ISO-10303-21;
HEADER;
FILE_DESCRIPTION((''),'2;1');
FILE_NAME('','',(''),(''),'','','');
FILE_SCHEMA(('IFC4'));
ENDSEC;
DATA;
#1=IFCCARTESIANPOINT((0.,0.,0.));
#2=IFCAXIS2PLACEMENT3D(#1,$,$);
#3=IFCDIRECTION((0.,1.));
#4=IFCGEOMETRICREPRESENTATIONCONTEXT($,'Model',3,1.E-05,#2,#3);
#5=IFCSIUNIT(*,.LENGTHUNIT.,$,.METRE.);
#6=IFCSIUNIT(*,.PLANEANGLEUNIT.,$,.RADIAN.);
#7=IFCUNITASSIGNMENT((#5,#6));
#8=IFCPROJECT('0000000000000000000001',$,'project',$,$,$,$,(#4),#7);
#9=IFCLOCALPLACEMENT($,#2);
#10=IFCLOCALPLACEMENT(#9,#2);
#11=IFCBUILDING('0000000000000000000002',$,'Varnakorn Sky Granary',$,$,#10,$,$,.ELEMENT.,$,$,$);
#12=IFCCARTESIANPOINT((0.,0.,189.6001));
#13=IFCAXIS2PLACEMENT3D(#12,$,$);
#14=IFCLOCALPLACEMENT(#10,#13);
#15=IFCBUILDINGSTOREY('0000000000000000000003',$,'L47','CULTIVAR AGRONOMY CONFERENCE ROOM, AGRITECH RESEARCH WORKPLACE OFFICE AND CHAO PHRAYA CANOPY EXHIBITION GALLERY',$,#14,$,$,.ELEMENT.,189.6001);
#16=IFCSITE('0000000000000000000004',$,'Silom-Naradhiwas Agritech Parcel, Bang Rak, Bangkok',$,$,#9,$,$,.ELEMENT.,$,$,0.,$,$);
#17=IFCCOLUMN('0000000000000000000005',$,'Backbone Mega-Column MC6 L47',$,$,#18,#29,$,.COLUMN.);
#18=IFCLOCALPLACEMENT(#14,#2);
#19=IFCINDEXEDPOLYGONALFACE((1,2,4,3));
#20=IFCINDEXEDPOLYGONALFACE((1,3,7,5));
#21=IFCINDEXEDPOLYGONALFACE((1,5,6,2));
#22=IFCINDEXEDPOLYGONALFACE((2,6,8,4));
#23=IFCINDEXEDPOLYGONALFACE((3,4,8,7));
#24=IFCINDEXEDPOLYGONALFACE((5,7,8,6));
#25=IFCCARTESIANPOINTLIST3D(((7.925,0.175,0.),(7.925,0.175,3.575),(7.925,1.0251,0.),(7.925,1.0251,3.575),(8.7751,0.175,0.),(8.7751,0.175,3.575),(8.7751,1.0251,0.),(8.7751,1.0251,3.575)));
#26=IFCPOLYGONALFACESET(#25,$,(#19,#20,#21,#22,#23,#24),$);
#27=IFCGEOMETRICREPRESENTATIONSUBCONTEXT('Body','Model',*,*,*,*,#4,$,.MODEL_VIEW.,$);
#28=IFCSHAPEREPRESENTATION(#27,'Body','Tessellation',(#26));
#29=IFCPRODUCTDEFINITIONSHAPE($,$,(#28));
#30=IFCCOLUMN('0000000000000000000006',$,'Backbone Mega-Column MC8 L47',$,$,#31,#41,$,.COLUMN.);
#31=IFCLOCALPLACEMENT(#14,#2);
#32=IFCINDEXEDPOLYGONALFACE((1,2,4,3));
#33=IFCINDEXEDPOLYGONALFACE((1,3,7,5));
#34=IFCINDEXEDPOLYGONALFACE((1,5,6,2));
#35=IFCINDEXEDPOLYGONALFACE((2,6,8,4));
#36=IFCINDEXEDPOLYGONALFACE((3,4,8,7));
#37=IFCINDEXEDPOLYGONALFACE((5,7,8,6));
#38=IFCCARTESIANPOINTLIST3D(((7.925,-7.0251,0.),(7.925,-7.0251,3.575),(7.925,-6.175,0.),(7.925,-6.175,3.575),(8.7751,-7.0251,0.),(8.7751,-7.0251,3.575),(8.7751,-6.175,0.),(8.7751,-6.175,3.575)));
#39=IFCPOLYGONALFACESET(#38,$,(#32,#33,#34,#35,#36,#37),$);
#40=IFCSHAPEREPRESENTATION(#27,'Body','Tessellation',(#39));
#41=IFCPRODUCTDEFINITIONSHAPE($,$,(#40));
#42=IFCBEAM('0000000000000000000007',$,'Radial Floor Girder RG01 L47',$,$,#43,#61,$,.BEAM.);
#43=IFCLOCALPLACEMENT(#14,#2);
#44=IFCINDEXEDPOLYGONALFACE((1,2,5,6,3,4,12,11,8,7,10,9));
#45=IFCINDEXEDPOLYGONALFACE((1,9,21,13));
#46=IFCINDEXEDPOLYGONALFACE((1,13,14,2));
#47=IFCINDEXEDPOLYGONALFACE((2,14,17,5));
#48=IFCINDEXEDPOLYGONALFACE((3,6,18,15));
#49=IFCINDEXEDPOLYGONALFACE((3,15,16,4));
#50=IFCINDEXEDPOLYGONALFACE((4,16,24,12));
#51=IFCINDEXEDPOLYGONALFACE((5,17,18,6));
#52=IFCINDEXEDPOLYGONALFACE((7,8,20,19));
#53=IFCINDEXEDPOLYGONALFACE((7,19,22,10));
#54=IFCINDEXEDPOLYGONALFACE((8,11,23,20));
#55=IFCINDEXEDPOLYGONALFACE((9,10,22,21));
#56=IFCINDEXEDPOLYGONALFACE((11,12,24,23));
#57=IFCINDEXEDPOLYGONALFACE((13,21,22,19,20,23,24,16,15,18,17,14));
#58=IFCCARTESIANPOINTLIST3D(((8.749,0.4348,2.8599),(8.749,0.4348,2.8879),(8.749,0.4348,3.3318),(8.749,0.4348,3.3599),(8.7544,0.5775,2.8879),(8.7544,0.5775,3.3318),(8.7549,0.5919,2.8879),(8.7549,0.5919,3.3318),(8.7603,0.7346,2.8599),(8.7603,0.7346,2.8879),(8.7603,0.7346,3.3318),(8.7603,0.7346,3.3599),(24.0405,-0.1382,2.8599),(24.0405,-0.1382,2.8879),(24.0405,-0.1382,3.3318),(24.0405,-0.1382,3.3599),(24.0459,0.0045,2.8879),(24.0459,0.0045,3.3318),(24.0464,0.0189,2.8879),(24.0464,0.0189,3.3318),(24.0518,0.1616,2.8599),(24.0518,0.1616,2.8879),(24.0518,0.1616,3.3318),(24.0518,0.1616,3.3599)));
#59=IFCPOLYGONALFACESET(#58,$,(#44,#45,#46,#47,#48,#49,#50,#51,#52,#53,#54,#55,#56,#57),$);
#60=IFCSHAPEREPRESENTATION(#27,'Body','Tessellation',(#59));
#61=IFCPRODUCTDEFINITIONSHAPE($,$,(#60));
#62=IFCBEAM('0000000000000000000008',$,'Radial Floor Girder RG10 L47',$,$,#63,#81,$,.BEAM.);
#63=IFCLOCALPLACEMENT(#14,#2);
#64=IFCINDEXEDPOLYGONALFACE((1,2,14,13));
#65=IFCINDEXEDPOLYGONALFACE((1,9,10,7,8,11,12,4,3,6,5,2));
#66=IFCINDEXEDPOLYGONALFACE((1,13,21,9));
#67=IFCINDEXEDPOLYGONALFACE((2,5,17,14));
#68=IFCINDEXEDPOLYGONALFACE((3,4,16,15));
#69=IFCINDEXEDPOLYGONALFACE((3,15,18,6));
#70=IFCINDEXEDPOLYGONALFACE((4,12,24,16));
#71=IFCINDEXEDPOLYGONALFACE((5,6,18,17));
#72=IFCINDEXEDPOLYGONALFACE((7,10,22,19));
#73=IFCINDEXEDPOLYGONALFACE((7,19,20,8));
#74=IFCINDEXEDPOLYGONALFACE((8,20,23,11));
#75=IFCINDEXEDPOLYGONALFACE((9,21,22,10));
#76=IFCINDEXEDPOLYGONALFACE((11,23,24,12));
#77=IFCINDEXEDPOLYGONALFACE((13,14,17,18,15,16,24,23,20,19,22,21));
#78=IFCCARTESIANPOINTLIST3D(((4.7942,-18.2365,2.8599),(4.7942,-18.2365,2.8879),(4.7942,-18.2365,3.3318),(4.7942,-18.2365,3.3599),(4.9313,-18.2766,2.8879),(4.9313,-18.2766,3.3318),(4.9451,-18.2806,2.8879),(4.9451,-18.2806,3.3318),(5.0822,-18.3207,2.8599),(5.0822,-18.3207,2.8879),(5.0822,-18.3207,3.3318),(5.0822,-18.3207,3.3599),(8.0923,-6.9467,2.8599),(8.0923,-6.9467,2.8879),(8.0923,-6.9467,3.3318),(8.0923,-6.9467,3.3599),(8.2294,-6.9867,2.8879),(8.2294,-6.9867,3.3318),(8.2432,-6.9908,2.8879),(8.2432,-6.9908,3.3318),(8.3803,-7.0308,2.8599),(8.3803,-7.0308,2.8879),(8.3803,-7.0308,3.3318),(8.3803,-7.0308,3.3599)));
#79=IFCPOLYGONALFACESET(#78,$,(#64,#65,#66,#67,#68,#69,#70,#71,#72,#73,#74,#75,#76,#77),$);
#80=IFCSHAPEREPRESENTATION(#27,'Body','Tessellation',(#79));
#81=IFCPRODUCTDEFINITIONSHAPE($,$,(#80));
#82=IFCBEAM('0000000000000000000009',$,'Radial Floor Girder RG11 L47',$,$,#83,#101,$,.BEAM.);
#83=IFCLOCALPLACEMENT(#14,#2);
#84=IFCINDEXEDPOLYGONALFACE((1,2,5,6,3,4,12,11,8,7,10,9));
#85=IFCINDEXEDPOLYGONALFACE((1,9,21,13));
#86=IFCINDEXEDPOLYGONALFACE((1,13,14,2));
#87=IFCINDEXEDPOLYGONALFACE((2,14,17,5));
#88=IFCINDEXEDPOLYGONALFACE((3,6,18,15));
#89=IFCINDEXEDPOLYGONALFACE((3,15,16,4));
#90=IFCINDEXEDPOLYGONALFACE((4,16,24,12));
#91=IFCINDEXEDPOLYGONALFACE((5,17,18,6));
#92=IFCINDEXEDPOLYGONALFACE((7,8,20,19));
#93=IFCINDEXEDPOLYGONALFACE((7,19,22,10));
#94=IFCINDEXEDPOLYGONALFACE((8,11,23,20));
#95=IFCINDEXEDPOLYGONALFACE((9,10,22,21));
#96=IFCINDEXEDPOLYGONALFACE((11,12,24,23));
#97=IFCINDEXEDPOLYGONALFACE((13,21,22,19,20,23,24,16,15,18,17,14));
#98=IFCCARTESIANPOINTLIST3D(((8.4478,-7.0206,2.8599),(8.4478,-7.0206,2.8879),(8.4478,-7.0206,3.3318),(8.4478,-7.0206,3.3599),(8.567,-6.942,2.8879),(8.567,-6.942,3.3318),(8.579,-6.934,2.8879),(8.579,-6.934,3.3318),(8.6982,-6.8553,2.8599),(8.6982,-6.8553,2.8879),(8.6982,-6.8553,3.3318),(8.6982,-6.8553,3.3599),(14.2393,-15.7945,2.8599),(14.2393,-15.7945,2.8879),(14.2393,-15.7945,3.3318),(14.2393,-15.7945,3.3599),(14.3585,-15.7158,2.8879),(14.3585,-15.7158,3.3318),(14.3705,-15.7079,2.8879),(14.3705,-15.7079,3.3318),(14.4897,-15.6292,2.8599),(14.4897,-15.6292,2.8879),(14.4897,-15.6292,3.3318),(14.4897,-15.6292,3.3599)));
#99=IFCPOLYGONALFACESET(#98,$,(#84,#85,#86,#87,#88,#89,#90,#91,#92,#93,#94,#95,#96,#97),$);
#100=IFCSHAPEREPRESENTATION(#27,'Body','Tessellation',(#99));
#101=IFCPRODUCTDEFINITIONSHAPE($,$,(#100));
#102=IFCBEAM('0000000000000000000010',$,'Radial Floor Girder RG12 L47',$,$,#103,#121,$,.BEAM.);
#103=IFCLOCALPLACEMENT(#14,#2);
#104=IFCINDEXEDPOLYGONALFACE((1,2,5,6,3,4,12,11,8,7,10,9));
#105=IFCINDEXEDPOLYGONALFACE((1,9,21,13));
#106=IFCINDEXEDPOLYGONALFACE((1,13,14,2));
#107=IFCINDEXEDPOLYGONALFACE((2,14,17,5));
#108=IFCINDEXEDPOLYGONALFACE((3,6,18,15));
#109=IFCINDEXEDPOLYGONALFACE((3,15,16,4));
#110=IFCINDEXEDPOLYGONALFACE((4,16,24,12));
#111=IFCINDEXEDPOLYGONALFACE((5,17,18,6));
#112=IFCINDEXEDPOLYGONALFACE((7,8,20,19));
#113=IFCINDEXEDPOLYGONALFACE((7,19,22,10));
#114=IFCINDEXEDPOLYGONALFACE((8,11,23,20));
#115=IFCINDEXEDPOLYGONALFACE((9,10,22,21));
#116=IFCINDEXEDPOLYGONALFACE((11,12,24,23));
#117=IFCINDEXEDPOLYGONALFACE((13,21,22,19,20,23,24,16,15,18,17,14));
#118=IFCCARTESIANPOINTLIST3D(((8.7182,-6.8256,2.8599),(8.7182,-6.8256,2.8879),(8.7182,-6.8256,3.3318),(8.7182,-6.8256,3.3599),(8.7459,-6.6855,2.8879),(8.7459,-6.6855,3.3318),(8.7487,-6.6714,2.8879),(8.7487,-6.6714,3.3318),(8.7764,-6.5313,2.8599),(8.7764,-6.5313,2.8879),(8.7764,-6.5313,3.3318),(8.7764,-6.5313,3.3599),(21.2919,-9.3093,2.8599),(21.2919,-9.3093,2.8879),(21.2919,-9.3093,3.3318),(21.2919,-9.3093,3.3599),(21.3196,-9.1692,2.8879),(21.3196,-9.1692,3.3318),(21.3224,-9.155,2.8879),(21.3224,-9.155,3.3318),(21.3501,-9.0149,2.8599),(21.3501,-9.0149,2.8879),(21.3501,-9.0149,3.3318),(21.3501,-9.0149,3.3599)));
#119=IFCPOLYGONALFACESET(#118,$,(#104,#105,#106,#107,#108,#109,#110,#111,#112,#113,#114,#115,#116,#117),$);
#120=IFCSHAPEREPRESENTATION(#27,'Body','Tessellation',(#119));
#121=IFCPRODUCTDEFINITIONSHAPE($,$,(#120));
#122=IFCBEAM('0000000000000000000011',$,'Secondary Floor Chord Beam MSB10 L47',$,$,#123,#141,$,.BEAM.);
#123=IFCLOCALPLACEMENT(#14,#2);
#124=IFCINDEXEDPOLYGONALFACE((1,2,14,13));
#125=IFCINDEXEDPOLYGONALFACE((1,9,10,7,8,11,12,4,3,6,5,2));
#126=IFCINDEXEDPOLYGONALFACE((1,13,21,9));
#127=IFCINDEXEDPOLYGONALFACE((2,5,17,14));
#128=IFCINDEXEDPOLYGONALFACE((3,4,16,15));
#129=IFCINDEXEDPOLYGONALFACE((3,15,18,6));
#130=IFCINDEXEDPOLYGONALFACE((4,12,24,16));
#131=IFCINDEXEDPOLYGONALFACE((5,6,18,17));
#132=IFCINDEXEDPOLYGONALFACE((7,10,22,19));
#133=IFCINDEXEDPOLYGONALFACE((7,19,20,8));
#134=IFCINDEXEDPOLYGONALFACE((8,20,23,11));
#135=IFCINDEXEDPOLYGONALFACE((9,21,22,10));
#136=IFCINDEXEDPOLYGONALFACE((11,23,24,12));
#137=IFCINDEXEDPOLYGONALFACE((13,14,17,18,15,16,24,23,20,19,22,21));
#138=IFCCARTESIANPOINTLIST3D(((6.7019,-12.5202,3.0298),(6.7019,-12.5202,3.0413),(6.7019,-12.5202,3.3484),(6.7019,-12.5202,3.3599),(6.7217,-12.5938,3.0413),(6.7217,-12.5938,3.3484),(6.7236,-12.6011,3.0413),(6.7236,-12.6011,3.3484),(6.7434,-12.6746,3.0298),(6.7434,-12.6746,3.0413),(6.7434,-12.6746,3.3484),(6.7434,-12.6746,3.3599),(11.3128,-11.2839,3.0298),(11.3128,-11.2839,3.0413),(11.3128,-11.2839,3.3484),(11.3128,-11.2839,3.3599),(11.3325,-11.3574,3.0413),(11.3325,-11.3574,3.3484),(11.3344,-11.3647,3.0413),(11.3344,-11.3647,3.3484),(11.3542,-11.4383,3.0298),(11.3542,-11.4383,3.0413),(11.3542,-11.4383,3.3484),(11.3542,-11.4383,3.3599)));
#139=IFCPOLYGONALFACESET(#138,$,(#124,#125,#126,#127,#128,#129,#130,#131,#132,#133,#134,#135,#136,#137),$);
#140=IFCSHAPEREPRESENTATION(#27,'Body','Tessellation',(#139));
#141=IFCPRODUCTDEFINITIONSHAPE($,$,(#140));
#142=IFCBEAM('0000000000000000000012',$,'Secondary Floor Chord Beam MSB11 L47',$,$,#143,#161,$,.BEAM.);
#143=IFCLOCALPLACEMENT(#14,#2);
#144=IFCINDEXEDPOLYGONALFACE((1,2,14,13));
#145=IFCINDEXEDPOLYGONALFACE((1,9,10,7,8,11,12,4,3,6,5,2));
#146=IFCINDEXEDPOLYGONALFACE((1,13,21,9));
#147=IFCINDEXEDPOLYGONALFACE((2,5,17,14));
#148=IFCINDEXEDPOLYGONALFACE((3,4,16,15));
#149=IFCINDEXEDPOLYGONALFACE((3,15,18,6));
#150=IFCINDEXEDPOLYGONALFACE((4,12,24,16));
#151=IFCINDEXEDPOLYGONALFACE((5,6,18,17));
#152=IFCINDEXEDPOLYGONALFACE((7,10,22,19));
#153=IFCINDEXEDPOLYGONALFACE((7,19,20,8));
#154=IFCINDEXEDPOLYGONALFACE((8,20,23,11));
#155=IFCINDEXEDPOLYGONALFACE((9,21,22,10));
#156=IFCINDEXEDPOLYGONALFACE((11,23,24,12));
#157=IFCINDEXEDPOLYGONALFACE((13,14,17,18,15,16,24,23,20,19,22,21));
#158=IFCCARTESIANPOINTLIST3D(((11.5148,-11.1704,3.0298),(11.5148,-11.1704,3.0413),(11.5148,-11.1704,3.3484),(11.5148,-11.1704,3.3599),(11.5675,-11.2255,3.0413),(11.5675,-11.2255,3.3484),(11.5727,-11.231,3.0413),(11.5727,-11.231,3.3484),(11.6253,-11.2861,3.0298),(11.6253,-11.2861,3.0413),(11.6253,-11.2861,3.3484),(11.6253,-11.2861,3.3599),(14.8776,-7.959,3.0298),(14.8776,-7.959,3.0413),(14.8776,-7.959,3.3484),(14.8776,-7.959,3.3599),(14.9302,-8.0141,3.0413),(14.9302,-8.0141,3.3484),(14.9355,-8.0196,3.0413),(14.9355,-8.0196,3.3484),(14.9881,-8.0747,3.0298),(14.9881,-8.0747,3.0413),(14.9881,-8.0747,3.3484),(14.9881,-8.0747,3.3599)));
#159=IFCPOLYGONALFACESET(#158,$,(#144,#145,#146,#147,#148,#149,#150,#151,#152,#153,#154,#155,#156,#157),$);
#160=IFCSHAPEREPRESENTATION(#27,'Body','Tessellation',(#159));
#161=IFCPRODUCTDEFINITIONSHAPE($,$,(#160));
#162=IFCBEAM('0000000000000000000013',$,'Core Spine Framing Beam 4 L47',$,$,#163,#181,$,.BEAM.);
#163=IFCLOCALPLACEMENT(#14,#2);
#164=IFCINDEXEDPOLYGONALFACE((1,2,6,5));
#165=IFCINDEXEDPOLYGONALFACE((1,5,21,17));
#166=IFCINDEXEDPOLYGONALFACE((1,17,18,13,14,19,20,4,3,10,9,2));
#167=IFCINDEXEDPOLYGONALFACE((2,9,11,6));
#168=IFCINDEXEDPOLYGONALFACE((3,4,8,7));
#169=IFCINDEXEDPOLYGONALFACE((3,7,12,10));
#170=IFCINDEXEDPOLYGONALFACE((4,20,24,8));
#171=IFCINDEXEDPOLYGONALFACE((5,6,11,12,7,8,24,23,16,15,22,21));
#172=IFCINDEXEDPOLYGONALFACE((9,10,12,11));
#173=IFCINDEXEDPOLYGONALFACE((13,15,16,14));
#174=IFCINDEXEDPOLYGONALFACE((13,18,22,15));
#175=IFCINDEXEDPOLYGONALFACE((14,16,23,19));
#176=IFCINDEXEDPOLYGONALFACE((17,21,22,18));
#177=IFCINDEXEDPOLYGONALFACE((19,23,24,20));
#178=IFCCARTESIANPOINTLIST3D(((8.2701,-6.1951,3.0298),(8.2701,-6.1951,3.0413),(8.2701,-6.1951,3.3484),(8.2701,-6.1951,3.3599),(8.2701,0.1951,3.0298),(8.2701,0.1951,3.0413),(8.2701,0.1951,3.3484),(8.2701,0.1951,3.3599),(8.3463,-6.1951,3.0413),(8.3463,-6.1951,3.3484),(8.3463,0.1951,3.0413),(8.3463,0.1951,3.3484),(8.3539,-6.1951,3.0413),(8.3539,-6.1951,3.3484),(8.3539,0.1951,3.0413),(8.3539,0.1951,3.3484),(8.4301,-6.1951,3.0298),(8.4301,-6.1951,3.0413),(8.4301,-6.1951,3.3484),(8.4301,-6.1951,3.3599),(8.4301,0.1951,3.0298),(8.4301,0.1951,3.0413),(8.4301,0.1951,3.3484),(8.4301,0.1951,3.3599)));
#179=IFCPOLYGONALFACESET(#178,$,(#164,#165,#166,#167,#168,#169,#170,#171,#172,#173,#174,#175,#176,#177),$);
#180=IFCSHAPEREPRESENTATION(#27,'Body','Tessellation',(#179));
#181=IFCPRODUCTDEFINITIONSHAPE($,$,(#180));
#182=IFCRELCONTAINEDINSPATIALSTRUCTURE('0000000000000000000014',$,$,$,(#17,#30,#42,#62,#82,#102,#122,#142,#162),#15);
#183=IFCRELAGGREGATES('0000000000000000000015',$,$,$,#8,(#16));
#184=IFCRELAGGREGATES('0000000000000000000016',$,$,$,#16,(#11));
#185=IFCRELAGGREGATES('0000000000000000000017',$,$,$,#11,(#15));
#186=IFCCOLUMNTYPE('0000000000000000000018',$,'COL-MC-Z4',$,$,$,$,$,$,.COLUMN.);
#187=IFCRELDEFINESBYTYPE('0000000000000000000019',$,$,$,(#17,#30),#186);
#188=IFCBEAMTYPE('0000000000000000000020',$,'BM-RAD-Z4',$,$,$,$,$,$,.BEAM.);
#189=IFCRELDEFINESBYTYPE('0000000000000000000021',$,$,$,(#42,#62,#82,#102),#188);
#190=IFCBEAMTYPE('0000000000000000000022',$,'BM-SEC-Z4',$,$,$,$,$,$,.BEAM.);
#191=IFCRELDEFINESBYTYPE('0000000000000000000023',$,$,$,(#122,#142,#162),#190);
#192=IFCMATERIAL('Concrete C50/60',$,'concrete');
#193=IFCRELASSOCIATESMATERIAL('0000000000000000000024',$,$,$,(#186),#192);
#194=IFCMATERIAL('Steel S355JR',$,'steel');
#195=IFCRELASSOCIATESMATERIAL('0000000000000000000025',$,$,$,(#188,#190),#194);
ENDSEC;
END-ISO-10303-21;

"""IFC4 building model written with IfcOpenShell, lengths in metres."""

from ifc_helpers import new_model, si_unit, direction, frame, origin, origin_2d, place, context, subcontext, project, spatial, rectangle, i_section, extrude, material, material_profile, profile_set, type_object, element, save


model = new_model("IFC4")

# Units and contexts
model_context = context("Model", 3, precision=1e-05, world=origin(), true_north=direction((0.0, 1.0)))
body_context = subcontext(model_context, "Body", "Model", "MODEL_VIEW")
ifc_project = project(units=[si_unit("LENGTHUNIT", "METRE"), si_unit("PLANEANGLEUNIT", "RADIAN")], contexts=[model_context])

# Site, building, storey
site_placement = place(None, origin())
site = spatial("IfcSite", under=ifc_project, at=site_placement, Name="Silom-Naradhiwas Agritech Parcel, Bang Rak, Bangkok", CompositionType="ELEMENT", RefElevation=0.0)
building_placement = place(site_placement, origin())
building = spatial("IfcBuilding", under=site, at=building_placement, Name="Varnakorn Sky Granary", CompositionType="ELEMENT")
storey_placement = place(building_placement, frame((0.0, 0.0, 189.6001)))
storey = spatial("IfcBuildingStorey", under=building, at=storey_placement, Name="L47", Description="CULTIVAR AGRONOMY CONFERENCE ROOM, AGRITECH RESEARCH WORKPLACE OFFICE AND CHAO PHRAYA CANOPY EXHIBITION GALLERY", CompositionType="ELEMENT", Elevation=189.6001)

# Columns
ifc_material_1 = material(Name="Concrete C50/60", Category="concrete")
ifc_material_profile_1 = material_profile(ifc_material_1, rectangle(XDim=0.8501, YDim=0.8501, at=origin_2d()), Name="RC 850x850")
ifc_profile_set_1 = profile_set([ifc_material_profile_1], Name="Concrete C50/60")
column_type = type_object("IfcColumnType", Name="COL-MC-Z4", PredefinedType="COLUMN", material=ifc_profile_set_1)
for number, where, z_axis, x_axis, name in (
    (1, (8.3501, 0.6001, 0.0), (0.0, 0.0, 1.0), (1.0, 0.0, 0.0), "Backbone Mega-Column MC6 L47"),
    (2, (8.3501, -6.6001, 0.0), (0.0, 0.0, 1.0), (1.0, 0.0, 0.0), "Backbone Mega-Column MC8 L47"),
):
    element("IfcColumn", number, at=place(storey_placement, frame(where, z_axis=z_axis, x_axis=x_axis)), inside=storey, type_object=column_type, Name=name, PredefinedType="COLUMN", context=body_context, shape_type="SweptSolid", body=[
        extrude(rectangle(XDim=0.8501, YDim=0.8501, at=origin_2d()), origin(), (0.0, 0.0, 1.0), 3.575),
    ])

# Beams
ifc_material_2 = material(Name="Steel S355JR", Category="steel")
ifc_material_profile_2 = material_profile(ifc_material_2, i_section(OverallWidth=0.3, OverallDepth=0.5, WebThickness=0.0144, FlangeThickness=0.0281, at=origin_2d()), Name="HE 500 B")
ifc_profile_set_2 = profile_set([ifc_material_profile_2], Name="Steel S355JR")
beam_type_1 = type_object("IfcBeamType", Name="BM-RAD-Z4", PredefinedType="BEAM", material=ifc_profile_set_2)
beam_1_placement = place(storey_placement, frame((8.7546, 0.5847, 3.1099), z_axis=(0.999299, -0.037445, 0.0), x_axis=(0.037445, 0.999299, 0.0)))
element("IfcBeam", 3, at=beam_1_placement, inside=storey, type_object=beam_type_1, Name="Radial Floor Girder RG01 L47", PredefinedType="BEAM", context=body_context, shape_type="SweptSolid", body=[
    extrude(i_section(OverallWidth=0.3, OverallDepth=0.5, WebThickness=0.0144, FlangeThickness=0.0281, at=origin_2d()), origin(), (0.0, 0.0, 1.0), 15.3022),
])
beam_2_placement = place(storey_placement, frame((8.2363, -6.9888, 3.1099), z_axis=(-0.28041, -0.95988, 0.0), x_axis=(0.95988, -0.28041, 0.0)))
element("IfcBeam", 4, at=beam_2_placement, inside=storey, type_object=beam_type_1, Name="Radial Floor Girder RG10 L47", PredefinedType="BEAM", context=body_context, shape_type="SweptSolid", body=[
    extrude(i_section(OverallWidth=0.3, OverallDepth=0.5, WebThickness=0.0144, FlangeThickness=0.0281, at=origin_2d()), origin(), (0.0, 0.0, 1.0), 11.7617),
])
beam_3_placement = place(storey_placement, frame((8.573, -6.938, 3.1099), z_axis=(0.550889, -0.834578, 0.0), x_axis=(0.834578, 0.550889, 0.0)))
element("IfcBeam", 5, at=beam_3_placement, inside=storey, type_object=beam_type_1, Name="Radial Floor Girder RG11 L47", PredefinedType="BEAM", context=body_context, shape_type="SweptSolid", body=[
    extrude(i_section(OverallWidth=0.3, OverallDepth=0.5, WebThickness=0.0144, FlangeThickness=0.0281, at=origin_2d()), origin(), (0.0, 0.0, 1.0), 10.5129),
])
beam_4_placement = place(storey_placement, frame((8.7473, -6.6785, 3.1099), z_axis=(0.981045, -0.193782, 0.0), x_axis=(0.193782, 0.981045, 0.0)))
element("IfcBeam", 6, at=beam_4_placement, inside=storey, type_object=beam_type_1, Name="Radial Floor Girder RG12 L47", PredefinedType="BEAM", context=body_context, shape_type="SweptSolid", body=[
    extrude(i_section(OverallWidth=0.3, OverallDepth=0.5, WebThickness=0.0144, FlangeThickness=0.0281, at=origin_2d()), origin(), (0.0, 0.0, 1.0), 12.8167),
])
ifc_material_profile_3 = material_profile(ifc_material_2, i_section(OverallWidth=0.1599, OverallDepth=0.3301, WebThickness=0.0076, FlangeThickness=0.0115, at=origin_2d()), Name="IPE 330")
ifc_profile_set_3 = profile_set([ifc_material_profile_3], Name="Steel S355JR")
beam_type_2 = type_object("IfcBeamType", Name="BM-SEC-Z4", PredefinedType="BEAM", material=ifc_profile_set_3)
beam_5_placement = place(storey_placement, frame((6.7227, -12.5974, 3.1948), z_axis=(0.965881, 0.258987, 0.0), x_axis=(-0.258987, 0.965881, 0.0)))
element("IfcBeam", 7, at=beam_5_placement, inside=storey, type_object=beam_type_2, Name="Secondary Floor Chord Beam MSB10 L47", PredefinedType="BEAM", context=body_context, shape_type="SweptSolid", body=[
    extrude(i_section(OverallWidth=0.1599, OverallDepth=0.3301, WebThickness=0.0076, FlangeThickness=0.0115, at=origin_2d()), origin(), (0.0, 0.0, 1.0), 4.7737),
])
beam_6_placement = place(storey_placement, frame((11.5701, -11.2283, 3.1948), z_axis=(0.723196, 0.690643, 0.0), x_axis=(-0.690643, 0.723196, 0.0)))
element("IfcBeam", 8, at=beam_6_placement, inside=storey, type_object=beam_type_2, Name="Secondary Floor Chord Beam MSB11 L47", PredefinedType="BEAM", context=body_context, shape_type="SweptSolid", body=[
    extrude(i_section(OverallWidth=0.1599, OverallDepth=0.3301, WebThickness=0.0076, FlangeThickness=0.0115, at=origin_2d()), origin(), (0.0, 0.0, 1.0), 4.6499),
])
beam_7_placement = place(storey_placement, frame((8.3501, 0.1951, 3.1948), z_axis=(0.0, -1.0, 0.0), x_axis=(1.0, 0.0, 0.0)))
element("IfcBeam", 9, at=beam_7_placement, inside=storey, type_object=beam_type_2, Name="Core Spine Framing Beam 4 L47", PredefinedType="BEAM", context=body_context, shape_type="SweptSolid", body=[
    extrude(i_section(OverallWidth=0.1599, OverallDepth=0.3301, WebThickness=0.0076, FlangeThickness=0.0115, at=origin_2d()), origin(), (0.0, 0.0, 1.0), 6.3901),
])

save(model, "model.ifc")
